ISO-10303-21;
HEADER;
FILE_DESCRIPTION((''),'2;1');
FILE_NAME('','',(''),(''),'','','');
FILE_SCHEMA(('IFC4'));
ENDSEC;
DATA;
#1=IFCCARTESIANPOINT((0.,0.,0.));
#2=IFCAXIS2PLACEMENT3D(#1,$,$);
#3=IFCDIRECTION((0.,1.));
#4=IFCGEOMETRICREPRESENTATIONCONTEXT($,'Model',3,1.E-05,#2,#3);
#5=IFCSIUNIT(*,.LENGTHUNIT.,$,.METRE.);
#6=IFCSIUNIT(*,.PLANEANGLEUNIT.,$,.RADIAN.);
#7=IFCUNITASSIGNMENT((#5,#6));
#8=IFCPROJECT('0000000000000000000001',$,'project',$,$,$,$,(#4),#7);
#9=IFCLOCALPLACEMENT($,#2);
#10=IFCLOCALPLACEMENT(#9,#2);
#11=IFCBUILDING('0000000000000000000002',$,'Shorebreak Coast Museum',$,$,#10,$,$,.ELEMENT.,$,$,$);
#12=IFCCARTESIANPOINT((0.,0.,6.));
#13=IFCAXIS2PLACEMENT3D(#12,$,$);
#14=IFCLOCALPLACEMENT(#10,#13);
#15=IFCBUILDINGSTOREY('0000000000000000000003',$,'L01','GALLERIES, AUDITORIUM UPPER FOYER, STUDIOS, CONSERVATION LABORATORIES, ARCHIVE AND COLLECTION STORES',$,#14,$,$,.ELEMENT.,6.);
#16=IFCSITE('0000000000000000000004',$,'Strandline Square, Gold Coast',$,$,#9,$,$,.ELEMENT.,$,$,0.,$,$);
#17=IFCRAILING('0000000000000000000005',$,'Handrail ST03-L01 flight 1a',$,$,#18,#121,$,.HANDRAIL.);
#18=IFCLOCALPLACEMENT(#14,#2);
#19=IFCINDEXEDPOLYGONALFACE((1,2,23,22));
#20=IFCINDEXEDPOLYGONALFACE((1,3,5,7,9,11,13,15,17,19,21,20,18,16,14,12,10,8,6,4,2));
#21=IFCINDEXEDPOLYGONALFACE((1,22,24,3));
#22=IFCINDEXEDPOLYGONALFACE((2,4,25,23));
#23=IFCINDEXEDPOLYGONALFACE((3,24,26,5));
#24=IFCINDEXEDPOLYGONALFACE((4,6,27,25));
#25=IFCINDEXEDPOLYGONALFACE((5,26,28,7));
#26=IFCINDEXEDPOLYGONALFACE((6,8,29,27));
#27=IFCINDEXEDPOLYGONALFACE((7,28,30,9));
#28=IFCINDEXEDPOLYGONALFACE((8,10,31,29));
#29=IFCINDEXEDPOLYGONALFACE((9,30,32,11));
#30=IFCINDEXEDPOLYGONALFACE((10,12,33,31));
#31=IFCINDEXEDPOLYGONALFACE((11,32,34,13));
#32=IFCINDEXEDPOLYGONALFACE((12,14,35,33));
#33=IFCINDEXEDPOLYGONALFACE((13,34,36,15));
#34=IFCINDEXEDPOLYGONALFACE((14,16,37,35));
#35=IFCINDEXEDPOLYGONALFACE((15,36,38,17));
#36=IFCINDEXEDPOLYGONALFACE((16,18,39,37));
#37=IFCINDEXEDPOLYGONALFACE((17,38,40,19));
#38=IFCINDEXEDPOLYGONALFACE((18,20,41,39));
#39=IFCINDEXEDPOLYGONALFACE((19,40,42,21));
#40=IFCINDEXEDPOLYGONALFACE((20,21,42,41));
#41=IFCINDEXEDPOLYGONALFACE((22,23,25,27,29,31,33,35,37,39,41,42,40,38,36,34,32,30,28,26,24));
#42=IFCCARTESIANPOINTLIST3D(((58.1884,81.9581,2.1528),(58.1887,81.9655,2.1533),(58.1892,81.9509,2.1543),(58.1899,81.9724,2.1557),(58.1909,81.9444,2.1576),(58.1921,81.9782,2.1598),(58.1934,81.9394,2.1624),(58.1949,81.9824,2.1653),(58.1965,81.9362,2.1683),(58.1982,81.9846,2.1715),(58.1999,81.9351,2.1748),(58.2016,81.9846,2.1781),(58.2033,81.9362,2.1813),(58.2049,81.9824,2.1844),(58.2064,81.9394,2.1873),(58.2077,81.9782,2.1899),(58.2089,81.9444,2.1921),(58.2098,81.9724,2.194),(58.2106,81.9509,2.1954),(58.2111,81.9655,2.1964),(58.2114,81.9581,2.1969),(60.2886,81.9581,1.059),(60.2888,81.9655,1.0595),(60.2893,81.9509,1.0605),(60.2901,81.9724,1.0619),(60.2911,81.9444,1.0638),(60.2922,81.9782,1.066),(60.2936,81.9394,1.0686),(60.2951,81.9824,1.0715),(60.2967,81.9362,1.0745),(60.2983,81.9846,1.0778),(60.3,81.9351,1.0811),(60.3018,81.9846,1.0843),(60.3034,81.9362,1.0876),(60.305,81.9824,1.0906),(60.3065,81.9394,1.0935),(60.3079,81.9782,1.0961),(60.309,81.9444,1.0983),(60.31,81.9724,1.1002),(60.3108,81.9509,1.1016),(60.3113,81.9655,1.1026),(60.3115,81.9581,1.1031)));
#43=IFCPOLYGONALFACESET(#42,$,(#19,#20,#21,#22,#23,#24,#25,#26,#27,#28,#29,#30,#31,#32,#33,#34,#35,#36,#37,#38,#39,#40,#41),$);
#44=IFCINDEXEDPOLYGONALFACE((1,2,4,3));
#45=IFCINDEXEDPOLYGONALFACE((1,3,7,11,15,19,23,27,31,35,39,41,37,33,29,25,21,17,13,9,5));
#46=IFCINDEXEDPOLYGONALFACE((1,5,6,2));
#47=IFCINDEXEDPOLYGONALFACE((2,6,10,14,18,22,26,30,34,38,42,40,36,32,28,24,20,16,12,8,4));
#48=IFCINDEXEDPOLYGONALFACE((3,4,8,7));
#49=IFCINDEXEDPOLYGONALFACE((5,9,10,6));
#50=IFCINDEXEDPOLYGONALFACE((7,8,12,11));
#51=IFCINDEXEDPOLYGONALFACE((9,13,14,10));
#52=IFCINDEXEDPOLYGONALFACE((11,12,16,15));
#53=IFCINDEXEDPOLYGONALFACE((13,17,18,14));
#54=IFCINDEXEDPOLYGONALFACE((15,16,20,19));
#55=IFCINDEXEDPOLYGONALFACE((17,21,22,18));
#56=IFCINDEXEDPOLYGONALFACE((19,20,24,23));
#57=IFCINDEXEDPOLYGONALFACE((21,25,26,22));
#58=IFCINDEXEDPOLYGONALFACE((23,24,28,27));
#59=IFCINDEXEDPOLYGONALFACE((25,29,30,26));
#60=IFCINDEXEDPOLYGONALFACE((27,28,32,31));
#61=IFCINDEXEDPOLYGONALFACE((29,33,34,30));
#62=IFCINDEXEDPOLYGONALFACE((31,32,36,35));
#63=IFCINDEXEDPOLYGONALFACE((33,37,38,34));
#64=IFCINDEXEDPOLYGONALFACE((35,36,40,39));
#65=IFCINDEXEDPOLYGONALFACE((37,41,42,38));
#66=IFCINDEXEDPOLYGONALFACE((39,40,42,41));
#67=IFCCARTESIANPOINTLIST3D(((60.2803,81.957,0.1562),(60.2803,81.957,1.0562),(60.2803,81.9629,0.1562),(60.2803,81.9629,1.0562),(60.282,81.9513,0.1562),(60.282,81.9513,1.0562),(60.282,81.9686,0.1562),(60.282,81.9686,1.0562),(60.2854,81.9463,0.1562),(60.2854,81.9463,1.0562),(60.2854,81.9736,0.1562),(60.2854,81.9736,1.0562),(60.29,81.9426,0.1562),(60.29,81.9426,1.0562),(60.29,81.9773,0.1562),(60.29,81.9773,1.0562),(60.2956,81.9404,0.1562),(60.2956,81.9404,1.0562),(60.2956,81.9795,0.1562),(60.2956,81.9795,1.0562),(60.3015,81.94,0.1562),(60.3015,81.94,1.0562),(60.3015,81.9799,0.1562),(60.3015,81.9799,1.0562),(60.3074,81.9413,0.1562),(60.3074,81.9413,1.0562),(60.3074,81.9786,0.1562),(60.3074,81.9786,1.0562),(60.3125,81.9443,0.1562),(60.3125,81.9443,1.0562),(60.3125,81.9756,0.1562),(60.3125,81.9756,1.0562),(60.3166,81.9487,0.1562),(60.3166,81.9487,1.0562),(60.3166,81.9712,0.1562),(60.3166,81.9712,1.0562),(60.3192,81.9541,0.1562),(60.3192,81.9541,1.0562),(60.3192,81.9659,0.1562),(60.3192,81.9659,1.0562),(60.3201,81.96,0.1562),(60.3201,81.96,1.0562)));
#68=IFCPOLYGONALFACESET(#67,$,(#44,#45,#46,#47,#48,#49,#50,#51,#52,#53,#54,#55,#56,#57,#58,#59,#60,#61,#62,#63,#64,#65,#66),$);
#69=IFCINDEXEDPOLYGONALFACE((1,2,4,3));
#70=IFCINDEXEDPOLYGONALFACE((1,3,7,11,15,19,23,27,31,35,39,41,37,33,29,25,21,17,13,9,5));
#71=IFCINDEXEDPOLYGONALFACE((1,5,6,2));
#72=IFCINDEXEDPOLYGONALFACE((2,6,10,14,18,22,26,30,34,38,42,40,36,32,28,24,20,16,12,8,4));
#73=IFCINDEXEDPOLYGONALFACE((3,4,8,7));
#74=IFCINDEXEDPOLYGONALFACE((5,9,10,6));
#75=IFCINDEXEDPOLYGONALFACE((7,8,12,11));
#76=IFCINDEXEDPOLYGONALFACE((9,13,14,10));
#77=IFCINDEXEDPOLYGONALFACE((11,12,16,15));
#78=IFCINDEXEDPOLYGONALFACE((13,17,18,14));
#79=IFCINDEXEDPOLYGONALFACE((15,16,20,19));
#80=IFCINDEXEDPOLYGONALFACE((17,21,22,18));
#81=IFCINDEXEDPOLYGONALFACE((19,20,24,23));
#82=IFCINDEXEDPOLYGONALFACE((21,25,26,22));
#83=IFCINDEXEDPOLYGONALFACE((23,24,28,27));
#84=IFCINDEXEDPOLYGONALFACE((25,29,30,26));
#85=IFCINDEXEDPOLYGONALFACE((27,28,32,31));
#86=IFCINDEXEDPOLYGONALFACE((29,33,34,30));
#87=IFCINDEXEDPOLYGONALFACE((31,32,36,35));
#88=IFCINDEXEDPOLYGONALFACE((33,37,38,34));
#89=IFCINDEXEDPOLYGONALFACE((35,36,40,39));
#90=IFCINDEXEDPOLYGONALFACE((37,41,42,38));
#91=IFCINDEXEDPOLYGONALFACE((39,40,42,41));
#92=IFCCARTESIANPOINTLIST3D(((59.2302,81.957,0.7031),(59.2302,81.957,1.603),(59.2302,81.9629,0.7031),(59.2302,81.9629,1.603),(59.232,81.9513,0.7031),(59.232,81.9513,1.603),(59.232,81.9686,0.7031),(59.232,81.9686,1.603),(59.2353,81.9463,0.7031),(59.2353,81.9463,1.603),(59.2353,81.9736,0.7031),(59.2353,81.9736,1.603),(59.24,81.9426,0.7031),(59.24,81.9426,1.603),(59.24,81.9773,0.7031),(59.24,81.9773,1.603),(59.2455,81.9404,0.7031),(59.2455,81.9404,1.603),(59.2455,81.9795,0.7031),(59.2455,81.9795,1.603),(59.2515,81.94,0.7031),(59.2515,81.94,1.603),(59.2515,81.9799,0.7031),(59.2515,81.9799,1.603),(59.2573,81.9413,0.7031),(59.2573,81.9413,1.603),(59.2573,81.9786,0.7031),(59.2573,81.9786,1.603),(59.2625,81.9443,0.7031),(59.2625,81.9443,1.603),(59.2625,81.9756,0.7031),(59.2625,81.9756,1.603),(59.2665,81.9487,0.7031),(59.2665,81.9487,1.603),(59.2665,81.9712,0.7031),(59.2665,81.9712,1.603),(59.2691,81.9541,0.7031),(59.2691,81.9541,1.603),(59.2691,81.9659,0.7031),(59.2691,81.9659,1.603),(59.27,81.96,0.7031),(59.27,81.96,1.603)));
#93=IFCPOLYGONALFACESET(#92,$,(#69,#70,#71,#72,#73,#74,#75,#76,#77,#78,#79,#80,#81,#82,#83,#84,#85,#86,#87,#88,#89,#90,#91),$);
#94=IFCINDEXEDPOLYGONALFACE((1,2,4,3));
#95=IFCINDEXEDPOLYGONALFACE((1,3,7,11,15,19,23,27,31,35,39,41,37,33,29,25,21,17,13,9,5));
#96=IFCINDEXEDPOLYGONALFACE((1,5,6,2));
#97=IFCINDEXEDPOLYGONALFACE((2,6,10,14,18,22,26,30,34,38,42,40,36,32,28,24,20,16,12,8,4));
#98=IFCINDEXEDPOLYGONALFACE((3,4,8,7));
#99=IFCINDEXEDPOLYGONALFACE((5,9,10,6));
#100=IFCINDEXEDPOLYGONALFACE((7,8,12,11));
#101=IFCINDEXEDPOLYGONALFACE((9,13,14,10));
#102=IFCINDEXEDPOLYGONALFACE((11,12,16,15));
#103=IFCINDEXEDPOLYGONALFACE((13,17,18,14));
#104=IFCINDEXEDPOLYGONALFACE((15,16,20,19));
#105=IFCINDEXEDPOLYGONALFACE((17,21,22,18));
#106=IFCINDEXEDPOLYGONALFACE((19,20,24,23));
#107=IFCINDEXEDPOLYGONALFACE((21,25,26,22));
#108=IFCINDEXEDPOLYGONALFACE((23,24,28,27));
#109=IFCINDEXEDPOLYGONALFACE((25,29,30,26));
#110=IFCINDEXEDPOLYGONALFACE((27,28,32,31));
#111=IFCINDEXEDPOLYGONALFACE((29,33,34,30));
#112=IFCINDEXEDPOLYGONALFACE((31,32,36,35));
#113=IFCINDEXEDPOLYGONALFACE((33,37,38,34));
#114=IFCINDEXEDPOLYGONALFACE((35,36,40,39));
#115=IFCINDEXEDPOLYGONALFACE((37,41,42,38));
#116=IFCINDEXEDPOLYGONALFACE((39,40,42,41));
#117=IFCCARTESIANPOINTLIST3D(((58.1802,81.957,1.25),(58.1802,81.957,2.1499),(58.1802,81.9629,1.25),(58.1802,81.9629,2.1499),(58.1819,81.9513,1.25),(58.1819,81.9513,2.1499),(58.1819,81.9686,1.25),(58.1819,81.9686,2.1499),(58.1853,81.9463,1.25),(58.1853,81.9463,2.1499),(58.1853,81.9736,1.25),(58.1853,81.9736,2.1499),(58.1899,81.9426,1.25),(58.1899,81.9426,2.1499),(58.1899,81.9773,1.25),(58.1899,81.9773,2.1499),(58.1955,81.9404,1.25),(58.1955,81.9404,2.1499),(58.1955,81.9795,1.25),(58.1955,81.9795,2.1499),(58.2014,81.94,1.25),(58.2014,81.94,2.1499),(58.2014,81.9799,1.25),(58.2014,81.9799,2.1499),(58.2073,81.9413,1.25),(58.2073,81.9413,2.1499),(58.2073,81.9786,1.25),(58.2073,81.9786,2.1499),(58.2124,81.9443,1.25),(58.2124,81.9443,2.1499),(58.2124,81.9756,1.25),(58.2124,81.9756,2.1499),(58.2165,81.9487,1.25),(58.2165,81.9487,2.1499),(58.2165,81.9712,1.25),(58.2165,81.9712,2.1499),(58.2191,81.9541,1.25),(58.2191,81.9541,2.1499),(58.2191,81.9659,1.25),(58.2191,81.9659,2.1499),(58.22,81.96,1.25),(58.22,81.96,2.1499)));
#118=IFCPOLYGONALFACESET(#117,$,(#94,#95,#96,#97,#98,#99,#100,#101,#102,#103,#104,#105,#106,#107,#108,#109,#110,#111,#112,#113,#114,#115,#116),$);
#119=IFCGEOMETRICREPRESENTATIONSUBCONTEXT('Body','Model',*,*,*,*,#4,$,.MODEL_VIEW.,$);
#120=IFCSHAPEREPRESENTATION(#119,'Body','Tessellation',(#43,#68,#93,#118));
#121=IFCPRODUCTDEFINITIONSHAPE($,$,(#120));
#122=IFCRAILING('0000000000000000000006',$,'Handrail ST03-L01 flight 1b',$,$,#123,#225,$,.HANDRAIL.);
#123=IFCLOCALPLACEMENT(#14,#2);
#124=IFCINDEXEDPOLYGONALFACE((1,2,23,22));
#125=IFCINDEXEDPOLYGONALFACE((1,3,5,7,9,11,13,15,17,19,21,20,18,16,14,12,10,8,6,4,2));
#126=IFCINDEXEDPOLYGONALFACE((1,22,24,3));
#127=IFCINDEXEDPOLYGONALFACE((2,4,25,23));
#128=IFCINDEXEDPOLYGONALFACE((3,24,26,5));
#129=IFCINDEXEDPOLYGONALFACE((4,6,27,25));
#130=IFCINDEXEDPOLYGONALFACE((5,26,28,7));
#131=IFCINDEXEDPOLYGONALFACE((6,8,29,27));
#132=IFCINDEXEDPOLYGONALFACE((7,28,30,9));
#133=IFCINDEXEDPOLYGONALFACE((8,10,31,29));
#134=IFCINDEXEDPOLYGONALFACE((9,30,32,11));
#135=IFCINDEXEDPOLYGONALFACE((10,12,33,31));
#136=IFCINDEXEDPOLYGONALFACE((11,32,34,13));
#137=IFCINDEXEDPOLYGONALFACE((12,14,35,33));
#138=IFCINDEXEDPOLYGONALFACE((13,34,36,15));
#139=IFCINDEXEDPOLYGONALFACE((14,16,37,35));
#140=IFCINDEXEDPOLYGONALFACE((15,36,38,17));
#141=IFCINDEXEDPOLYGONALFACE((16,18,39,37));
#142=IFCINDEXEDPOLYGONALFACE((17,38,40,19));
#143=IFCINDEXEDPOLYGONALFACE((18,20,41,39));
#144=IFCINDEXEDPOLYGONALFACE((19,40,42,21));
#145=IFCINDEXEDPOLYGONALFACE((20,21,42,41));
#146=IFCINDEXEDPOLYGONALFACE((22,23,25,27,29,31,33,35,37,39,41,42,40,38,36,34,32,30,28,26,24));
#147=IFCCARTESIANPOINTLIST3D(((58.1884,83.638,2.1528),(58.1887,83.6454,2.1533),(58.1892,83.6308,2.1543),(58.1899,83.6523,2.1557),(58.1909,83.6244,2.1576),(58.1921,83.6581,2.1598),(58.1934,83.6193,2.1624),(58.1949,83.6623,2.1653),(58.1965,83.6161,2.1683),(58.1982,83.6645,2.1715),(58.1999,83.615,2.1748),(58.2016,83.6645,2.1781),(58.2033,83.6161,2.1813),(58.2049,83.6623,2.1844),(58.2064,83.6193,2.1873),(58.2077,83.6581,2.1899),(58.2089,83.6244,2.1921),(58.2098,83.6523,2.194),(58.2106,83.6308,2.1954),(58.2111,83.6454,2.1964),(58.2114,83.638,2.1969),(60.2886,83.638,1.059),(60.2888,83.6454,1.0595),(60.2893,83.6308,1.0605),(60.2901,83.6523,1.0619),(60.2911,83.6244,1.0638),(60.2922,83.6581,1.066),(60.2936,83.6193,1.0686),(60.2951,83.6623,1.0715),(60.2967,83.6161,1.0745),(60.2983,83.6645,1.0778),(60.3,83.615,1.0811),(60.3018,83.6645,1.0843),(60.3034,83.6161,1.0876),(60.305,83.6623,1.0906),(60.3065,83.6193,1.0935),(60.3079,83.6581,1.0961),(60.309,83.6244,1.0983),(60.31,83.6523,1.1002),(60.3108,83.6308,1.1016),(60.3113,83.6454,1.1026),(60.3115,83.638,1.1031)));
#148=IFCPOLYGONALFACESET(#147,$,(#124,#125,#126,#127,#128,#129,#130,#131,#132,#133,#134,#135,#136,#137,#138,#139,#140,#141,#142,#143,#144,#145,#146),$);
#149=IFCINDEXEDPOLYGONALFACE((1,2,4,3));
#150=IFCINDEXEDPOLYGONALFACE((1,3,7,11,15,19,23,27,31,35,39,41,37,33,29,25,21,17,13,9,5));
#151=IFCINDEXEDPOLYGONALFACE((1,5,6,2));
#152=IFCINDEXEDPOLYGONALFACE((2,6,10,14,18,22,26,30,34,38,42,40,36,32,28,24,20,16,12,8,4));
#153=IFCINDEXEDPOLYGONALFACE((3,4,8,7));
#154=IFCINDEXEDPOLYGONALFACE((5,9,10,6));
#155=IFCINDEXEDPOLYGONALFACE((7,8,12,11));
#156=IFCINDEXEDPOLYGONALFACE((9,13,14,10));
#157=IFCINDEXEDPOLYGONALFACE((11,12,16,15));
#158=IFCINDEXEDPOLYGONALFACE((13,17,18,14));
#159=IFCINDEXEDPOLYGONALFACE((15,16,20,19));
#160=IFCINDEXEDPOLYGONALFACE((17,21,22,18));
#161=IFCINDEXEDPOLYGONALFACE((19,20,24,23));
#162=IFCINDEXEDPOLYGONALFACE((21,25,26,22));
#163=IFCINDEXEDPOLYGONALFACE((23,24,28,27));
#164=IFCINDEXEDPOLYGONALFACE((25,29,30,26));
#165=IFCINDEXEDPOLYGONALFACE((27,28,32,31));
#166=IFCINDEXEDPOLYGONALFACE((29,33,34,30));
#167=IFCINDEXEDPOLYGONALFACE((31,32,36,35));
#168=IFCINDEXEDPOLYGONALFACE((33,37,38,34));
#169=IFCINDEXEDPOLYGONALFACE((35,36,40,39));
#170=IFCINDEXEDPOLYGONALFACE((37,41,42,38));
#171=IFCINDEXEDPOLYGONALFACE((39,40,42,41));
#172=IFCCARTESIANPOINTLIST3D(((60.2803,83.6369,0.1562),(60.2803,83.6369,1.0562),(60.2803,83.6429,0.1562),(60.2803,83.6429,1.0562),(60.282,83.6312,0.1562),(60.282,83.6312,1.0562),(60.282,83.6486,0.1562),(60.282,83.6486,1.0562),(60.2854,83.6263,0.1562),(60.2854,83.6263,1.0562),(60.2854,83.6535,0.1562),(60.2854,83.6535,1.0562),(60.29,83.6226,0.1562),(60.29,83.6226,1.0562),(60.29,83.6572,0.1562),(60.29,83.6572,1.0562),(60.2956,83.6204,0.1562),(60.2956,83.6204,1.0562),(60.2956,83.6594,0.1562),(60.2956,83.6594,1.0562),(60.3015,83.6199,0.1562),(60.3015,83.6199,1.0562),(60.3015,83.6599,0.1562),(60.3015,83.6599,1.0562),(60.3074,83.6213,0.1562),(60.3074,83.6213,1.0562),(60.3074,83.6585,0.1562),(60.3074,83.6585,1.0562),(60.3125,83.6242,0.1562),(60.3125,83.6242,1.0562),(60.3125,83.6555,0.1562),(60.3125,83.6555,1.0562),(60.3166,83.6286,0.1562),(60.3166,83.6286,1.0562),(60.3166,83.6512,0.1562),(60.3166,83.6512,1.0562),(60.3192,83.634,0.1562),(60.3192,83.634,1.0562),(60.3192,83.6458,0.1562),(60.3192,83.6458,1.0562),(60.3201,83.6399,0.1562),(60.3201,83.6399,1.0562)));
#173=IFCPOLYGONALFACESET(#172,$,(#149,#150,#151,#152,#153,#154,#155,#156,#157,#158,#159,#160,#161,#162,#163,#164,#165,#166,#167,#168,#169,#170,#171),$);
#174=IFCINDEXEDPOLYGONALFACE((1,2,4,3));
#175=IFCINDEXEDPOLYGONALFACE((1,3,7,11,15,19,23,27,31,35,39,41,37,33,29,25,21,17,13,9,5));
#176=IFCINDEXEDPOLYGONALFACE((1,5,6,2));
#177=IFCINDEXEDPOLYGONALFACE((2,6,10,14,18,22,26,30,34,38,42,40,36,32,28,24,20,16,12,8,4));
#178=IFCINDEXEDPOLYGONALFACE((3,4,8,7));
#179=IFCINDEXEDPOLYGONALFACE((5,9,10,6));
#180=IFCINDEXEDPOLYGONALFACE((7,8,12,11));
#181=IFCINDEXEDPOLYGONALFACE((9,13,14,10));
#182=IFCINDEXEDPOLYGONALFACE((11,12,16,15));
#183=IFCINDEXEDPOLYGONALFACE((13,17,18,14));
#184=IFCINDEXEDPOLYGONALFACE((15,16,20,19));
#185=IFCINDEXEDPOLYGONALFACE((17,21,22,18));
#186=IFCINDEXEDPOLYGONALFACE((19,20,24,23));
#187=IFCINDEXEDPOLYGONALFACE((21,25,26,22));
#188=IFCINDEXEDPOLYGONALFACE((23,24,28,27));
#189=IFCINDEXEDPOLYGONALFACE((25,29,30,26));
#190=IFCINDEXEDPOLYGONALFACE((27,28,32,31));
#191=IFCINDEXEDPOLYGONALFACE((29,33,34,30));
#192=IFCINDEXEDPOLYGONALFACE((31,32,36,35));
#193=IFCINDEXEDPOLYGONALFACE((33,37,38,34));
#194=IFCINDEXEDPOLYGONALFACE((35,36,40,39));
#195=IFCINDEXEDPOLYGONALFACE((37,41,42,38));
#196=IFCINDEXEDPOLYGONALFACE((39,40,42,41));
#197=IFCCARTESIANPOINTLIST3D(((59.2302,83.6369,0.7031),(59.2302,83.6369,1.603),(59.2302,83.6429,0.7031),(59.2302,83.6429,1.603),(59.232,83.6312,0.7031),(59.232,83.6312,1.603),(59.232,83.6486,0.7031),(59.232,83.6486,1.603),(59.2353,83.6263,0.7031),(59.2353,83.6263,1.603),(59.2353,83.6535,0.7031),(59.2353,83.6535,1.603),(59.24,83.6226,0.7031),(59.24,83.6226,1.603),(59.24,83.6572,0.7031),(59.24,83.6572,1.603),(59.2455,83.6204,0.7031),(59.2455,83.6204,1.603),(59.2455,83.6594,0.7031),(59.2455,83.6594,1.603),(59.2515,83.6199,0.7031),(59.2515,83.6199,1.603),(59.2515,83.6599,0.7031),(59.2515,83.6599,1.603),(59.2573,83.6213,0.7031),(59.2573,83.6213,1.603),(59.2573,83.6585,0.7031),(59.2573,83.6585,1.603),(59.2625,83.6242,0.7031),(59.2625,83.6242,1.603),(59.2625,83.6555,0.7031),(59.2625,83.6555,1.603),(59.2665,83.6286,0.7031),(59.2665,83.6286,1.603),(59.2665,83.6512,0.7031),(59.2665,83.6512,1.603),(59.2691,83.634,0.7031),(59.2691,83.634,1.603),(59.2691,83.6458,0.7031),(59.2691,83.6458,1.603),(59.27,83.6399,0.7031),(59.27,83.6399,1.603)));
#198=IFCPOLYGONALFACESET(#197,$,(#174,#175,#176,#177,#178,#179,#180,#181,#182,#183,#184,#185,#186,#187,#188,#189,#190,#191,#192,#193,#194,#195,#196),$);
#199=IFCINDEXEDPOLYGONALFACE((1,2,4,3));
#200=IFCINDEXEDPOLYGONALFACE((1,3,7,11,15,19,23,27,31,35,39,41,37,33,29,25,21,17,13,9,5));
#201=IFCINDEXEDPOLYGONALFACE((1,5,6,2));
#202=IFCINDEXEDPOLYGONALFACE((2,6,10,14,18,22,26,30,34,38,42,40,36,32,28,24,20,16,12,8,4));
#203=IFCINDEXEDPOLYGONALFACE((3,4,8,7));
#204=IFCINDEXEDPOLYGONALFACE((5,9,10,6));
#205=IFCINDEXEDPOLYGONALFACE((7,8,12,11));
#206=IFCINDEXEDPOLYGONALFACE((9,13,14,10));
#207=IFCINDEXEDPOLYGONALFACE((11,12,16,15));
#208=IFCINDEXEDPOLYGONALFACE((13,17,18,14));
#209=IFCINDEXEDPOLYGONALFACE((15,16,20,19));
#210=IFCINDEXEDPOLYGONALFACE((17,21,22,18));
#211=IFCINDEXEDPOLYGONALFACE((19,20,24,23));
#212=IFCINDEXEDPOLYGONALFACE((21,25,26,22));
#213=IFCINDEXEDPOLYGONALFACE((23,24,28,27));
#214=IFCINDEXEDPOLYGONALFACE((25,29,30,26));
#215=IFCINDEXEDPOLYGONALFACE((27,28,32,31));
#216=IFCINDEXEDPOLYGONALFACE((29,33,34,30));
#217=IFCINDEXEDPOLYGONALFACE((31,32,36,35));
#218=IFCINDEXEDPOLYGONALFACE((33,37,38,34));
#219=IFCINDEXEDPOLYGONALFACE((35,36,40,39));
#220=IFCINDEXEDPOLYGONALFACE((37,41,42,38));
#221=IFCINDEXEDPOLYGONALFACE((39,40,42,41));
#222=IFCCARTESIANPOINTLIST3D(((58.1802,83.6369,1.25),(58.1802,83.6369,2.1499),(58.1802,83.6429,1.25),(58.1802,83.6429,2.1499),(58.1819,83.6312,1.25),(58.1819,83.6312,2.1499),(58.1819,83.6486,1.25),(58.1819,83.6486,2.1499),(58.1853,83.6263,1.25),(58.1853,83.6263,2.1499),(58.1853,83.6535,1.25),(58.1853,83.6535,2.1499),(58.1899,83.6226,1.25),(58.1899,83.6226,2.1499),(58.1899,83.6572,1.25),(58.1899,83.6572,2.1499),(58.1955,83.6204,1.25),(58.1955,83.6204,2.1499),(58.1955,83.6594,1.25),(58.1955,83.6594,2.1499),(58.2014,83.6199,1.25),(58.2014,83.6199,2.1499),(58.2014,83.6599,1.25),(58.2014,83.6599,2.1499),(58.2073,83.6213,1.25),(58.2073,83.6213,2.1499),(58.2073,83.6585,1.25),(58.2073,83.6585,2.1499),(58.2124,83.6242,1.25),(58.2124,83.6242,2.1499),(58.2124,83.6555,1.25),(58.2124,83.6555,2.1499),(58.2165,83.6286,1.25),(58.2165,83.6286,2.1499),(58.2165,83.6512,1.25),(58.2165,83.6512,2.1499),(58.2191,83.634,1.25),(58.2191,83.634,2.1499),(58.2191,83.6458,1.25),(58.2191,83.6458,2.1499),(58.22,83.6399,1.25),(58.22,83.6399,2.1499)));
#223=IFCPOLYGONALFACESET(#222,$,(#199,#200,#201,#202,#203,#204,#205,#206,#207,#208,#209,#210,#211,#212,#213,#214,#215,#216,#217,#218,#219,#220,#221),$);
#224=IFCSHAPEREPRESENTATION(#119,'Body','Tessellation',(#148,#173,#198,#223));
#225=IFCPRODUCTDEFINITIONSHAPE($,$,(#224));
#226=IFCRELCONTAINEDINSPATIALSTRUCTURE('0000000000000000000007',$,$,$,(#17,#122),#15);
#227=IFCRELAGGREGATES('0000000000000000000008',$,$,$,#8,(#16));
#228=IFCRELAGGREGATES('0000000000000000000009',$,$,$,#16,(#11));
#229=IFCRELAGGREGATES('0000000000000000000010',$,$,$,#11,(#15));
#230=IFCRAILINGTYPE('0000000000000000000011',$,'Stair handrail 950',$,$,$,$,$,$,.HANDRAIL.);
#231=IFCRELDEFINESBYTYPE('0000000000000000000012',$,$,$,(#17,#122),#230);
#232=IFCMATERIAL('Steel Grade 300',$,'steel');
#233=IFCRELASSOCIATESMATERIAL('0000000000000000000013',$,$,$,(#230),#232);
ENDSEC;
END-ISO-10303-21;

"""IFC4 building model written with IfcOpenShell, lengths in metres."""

from ifc_helpers import new_model, si_unit, direction, frame, origin, origin_2d, place, context, subcontext, project, spatial, circle, extrude, material, type_object, element, save


model = new_model("IFC4")

# Units and contexts
model_context = context("Model", 3, precision=1e-05, world=origin(), true_north=direction((0.0, 1.0)))
body_context = subcontext(model_context, "Body", "Model", "MODEL_VIEW")
ifc_project = project(units=[si_unit("LENGTHUNIT", "METRE"), si_unit("PLANEANGLEUNIT", "RADIAN")], contexts=[model_context])

# Site, building, storey
site_placement = place(None, origin())
site = spatial("IfcSite", under=ifc_project, at=site_placement, Name="Strandline Square, Gold Coast", CompositionType="ELEMENT", RefElevation=0.0)
building_placement = place(site_placement, origin())
building = spatial("IfcBuilding", under=site, at=building_placement, Name="Shorebreak Coast Museum", CompositionType="ELEMENT")
storey_placement = place(building_placement, frame((0.0, 0.0, 6.0)))
storey = spatial("IfcBuildingStorey", under=building, at=storey_placement, Name="L01", Description="GALLERIES, AUDITORIUM UPPER FOYER, STUDIOS, CONSERVATION LABORATORIES, ARCHIVE AND COLLECTION STORES", CompositionType="ELEMENT", Elevation=6.0)

# Railings
ifc_material_1 = material(Name="Steel Grade 300", Category="steel")
railing_type_1 = type_object("IfcRailingType", Name="Stair handrail 950", PredefinedType="HANDRAIL", material=ifc_material_1)
for number, where, name in (
    (1, (60.3, 81.96, 0.1562), "Handrail ST03-L01 flight 1a"),
    (2, (60.3, 83.6399, 0.1562), "Handrail ST03-L01 flight 1b"),
):
    element("IfcRailing", number, at=place(storey_placement, frame(where)), inside=storey, type_object=railing_type_1, Name=name, PredefinedType="HANDRAIL", context=body_context, shape_type="SweptSolid", body=[
        extrude(circle(Radius=0.0249, at=origin_2d()), frame((0.0, 0.0, 0.9248), z_axis=(-0.886923, 0.0, 0.461918), x_axis=(0.0, -1.0, 0.0)), (0.0, 0.0, 1.0), 2.3679),
        extrude(circle(Radius=0.02, at=origin_2d()), origin(), (0.0, 0.0, 1.0), 0.8999),
        extrude(circle(Radius=0.02, at=origin_2d()), frame((-1.05, 0.0, 0.5469)), (0.0, 0.0, 1.0), 0.8999),
        extrude(circle(Radius=0.02, at=origin_2d()), frame((-2.1001, 0.0, 1.0938)), (0.0, 0.0, 1.0), 0.8999),
    ])

save(model, "model.ifc")
